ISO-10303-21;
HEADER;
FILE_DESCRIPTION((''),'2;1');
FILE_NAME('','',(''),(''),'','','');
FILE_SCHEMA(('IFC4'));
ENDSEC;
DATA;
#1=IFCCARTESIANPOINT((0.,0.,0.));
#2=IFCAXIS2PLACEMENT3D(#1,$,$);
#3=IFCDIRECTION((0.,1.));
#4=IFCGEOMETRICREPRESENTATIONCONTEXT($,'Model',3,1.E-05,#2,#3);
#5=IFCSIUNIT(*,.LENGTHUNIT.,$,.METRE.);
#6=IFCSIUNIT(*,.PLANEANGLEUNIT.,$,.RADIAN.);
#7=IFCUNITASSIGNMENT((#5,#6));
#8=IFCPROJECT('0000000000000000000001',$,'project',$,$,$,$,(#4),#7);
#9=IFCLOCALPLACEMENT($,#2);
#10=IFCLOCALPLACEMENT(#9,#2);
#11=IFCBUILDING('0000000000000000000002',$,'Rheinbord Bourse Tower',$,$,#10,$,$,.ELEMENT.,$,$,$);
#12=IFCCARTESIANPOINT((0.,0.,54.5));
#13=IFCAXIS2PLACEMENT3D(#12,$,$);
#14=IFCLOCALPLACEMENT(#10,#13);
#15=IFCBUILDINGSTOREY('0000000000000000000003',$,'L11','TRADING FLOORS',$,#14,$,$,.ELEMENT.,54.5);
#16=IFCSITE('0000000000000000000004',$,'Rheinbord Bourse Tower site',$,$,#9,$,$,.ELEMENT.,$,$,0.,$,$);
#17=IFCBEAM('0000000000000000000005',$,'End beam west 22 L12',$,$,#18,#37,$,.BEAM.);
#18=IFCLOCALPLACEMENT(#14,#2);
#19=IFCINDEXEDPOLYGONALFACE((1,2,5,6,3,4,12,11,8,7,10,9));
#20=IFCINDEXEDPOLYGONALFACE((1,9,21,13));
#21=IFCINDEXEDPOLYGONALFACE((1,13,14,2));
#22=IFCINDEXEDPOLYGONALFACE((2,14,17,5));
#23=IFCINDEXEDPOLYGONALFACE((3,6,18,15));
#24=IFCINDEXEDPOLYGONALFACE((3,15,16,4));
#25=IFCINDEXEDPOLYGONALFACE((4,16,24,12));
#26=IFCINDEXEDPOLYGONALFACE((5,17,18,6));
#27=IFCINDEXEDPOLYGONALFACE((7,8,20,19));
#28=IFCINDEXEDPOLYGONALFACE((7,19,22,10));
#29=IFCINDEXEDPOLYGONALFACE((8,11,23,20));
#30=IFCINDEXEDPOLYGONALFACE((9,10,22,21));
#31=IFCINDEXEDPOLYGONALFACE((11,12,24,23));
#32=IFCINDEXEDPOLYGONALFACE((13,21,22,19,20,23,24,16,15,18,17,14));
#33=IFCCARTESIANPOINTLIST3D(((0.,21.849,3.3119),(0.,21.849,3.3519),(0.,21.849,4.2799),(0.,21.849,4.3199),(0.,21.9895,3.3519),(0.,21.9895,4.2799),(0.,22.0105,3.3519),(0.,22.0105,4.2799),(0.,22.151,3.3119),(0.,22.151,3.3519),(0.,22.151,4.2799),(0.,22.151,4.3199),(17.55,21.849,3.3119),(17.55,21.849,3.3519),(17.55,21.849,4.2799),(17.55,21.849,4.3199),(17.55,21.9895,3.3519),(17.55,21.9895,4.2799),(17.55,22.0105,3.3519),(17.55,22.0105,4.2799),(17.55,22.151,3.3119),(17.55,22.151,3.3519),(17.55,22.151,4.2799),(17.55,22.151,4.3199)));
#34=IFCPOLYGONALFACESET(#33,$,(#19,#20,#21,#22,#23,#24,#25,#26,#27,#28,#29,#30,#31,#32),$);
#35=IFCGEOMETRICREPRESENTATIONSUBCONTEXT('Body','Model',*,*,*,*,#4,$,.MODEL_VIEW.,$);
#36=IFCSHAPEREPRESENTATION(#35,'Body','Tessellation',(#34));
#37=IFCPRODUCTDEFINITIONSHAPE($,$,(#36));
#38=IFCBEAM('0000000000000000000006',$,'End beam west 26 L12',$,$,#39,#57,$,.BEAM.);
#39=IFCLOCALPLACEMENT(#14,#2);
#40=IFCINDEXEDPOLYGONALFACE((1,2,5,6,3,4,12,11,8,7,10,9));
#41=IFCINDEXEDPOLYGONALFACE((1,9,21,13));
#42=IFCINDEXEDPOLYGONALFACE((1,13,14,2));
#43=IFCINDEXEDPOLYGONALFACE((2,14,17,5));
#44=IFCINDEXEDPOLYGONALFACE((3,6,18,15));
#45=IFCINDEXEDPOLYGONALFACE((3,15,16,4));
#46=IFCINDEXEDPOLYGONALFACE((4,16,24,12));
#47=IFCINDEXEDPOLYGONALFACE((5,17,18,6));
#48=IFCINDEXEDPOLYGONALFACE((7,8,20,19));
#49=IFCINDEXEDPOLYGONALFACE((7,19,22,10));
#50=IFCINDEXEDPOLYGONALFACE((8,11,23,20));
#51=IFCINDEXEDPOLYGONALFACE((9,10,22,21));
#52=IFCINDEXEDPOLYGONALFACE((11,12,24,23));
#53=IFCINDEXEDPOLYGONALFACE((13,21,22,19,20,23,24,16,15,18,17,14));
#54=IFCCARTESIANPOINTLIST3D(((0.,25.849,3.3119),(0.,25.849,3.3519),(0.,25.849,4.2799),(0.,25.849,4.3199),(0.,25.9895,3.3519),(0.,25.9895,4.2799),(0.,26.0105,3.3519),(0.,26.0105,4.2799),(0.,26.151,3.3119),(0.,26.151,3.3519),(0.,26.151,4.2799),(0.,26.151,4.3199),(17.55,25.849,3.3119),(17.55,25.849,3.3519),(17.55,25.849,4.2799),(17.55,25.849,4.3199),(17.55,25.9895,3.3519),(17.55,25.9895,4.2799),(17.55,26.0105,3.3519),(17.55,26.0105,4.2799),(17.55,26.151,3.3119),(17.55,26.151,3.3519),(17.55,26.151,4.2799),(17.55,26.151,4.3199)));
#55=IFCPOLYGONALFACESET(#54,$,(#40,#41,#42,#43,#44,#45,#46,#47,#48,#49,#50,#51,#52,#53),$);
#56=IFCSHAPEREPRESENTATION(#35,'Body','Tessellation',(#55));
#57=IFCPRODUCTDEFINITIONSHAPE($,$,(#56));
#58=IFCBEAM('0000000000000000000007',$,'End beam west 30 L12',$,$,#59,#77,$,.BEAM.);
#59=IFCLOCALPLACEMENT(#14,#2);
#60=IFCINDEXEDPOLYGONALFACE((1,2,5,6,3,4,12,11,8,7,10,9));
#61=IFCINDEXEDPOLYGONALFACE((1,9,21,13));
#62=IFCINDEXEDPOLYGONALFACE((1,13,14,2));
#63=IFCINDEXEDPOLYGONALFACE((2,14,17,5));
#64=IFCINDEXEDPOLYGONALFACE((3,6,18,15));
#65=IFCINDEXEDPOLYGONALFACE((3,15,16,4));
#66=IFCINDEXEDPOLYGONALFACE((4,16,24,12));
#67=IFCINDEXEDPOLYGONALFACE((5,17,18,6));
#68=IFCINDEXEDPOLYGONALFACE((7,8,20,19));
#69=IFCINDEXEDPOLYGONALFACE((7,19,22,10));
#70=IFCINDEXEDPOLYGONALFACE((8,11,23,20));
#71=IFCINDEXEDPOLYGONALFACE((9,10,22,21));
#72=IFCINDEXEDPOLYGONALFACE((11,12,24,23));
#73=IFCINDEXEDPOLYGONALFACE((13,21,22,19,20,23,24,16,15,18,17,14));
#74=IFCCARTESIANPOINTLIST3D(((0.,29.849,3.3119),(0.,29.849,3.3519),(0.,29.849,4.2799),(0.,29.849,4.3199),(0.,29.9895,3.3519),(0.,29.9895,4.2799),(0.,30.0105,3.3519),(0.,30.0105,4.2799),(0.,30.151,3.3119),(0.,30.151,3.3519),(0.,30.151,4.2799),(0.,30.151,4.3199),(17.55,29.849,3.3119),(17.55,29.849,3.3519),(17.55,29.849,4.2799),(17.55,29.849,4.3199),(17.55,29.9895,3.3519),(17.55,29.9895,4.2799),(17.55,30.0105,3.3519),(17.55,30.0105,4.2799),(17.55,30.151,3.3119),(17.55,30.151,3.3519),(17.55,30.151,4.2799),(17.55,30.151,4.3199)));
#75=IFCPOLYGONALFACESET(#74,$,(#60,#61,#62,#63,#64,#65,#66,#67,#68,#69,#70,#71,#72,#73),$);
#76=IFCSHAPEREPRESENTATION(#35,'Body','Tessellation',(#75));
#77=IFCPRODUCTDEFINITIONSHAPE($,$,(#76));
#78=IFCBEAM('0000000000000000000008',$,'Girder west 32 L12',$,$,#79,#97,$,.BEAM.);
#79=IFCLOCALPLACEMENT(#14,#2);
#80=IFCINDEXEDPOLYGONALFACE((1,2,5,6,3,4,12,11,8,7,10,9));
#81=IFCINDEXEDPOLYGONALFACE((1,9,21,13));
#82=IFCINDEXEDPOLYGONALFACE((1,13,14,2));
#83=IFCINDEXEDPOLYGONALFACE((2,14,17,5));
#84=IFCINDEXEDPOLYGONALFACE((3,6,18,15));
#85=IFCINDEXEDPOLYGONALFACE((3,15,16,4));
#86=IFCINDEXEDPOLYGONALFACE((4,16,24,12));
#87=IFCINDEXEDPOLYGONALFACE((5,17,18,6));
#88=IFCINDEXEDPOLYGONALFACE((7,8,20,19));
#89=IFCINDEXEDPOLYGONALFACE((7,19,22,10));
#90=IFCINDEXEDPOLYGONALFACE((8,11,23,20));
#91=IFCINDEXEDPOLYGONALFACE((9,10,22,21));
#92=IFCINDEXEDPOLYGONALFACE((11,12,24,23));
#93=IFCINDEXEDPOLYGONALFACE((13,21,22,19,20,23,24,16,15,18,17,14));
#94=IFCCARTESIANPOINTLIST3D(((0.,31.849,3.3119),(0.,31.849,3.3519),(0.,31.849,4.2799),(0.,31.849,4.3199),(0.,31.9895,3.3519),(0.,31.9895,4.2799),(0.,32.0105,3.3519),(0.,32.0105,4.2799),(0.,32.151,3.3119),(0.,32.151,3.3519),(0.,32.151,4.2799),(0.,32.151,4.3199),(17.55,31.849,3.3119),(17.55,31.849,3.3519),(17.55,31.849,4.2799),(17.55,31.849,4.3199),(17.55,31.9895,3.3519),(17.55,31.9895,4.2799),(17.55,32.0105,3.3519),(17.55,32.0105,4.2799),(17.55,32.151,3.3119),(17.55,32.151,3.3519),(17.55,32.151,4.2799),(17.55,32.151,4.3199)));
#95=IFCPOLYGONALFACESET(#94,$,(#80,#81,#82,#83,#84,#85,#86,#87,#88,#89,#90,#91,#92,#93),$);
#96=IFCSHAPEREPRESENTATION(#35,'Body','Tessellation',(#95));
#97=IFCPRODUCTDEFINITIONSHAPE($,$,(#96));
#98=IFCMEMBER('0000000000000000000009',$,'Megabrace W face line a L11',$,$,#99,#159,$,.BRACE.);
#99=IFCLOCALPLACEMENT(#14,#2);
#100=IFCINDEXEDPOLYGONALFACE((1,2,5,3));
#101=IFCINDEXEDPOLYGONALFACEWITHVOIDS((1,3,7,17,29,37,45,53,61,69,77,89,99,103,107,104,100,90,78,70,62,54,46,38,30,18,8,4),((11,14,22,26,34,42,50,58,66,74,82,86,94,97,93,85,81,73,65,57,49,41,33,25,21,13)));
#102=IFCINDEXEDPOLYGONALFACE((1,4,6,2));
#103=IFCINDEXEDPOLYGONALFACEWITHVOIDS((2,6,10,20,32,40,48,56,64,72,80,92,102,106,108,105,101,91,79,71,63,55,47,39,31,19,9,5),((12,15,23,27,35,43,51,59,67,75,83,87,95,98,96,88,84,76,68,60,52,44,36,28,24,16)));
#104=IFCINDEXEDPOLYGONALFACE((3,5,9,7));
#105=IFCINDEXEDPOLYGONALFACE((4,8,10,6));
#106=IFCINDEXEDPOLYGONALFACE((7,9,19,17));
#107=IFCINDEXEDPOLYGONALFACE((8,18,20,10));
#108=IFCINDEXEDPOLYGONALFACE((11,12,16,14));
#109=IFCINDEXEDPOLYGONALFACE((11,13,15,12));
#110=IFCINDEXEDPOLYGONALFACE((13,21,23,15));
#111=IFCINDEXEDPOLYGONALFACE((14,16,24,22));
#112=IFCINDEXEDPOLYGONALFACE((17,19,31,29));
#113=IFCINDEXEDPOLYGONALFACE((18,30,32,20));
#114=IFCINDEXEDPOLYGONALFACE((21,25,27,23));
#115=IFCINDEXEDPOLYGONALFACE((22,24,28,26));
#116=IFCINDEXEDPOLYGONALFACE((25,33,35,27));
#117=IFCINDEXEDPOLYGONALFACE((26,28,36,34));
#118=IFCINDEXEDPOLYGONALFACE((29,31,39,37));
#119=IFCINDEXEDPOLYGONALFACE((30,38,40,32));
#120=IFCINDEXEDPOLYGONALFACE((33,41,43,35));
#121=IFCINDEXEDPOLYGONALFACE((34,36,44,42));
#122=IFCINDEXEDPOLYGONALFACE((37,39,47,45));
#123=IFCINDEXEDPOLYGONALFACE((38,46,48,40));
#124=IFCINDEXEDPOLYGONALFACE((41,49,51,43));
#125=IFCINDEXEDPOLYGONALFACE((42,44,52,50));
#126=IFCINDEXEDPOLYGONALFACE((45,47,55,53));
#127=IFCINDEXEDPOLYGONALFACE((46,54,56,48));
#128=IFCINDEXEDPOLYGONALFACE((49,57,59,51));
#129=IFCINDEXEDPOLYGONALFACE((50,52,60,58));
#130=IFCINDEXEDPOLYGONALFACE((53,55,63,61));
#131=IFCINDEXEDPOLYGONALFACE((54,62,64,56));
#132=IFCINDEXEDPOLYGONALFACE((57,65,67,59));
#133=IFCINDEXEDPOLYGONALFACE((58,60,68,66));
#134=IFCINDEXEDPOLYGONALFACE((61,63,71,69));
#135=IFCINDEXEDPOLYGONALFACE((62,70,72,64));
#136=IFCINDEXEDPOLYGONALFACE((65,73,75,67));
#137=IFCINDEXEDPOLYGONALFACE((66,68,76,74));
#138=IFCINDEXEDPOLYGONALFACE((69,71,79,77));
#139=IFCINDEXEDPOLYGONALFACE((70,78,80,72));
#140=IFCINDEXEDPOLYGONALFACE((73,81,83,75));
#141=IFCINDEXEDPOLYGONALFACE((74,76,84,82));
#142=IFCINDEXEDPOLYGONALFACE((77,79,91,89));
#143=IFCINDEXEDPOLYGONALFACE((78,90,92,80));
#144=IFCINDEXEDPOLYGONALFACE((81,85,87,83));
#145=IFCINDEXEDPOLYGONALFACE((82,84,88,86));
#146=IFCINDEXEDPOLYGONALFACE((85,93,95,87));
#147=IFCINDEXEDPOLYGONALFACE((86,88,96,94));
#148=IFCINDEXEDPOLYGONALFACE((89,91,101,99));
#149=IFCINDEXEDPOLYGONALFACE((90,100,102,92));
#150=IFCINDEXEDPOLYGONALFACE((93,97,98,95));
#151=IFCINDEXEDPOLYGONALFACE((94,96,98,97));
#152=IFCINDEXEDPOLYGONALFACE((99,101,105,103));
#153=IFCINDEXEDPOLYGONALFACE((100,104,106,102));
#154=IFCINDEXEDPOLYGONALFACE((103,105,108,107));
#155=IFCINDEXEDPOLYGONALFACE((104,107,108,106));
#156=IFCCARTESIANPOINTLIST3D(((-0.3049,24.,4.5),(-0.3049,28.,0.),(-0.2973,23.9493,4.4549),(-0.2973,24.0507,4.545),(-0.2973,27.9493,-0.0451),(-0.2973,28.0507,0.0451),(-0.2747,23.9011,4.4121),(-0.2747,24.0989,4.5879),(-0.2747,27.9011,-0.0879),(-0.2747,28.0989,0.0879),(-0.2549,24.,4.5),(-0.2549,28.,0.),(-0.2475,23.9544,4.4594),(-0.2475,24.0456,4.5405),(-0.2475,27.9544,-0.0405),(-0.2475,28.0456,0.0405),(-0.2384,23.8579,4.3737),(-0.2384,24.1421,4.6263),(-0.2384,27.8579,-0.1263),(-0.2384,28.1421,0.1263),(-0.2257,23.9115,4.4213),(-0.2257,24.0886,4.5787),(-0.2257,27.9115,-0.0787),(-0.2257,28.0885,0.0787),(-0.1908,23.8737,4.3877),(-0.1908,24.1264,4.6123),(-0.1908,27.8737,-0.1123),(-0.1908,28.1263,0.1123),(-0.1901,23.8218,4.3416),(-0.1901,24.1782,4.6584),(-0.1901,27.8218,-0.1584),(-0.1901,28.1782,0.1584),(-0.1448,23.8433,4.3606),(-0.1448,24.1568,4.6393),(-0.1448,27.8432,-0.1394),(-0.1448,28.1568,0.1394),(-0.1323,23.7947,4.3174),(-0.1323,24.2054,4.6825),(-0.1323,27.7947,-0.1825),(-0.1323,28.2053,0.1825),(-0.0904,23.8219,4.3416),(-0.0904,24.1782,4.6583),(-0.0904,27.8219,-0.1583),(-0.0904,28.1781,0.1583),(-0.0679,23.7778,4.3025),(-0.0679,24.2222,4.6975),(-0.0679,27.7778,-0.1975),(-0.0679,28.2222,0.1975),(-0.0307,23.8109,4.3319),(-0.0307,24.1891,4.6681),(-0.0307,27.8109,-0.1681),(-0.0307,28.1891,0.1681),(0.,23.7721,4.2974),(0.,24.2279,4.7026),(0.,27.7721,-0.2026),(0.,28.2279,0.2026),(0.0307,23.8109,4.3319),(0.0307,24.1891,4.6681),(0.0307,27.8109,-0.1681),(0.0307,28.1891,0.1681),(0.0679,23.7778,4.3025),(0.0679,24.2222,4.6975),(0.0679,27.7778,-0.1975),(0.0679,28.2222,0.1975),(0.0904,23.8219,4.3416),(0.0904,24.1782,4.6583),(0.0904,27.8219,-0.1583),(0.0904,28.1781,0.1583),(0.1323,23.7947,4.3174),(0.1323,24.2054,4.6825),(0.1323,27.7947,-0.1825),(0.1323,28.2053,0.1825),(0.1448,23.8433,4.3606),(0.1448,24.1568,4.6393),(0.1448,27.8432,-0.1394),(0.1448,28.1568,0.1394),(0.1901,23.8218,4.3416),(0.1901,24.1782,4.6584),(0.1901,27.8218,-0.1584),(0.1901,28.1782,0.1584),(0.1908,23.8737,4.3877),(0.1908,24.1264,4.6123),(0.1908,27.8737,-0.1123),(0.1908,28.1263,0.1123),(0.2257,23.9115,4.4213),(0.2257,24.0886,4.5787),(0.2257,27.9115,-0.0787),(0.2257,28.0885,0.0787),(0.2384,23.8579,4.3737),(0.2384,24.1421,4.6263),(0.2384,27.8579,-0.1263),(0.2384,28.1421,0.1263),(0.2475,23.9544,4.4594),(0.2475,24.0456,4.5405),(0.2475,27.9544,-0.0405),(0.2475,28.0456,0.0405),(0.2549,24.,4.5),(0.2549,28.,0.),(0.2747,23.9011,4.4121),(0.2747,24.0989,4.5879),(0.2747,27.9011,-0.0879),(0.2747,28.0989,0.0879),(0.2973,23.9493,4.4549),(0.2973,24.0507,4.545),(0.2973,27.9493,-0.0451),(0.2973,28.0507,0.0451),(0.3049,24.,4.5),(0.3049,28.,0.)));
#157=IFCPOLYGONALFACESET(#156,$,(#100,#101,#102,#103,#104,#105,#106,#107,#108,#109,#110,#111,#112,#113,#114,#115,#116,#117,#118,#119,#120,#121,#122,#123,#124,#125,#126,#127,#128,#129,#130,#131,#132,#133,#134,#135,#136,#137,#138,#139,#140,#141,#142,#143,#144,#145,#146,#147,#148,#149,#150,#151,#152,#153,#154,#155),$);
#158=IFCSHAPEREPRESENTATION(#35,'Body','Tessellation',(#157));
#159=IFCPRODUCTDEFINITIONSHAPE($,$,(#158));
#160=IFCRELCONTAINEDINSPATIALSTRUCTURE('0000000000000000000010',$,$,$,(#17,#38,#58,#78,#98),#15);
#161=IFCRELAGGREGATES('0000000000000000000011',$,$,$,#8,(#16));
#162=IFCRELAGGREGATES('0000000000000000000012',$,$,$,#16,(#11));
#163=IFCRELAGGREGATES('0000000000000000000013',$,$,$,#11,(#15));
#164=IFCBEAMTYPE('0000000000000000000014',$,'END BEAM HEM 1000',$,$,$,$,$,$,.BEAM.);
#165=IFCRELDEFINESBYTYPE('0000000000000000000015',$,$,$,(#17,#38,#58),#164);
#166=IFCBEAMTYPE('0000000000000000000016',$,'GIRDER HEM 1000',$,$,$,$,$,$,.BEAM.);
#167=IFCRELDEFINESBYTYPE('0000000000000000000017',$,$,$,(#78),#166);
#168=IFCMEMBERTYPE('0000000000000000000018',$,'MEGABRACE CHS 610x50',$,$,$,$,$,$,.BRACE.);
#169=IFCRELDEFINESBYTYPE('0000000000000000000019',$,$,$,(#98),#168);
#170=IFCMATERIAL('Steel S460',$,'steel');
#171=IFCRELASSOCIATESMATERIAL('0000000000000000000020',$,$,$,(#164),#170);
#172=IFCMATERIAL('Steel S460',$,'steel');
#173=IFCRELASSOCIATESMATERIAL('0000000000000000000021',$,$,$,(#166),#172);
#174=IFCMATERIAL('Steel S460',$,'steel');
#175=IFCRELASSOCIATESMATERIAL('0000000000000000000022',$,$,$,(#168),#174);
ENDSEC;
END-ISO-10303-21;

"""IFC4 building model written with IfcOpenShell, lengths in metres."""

from ifc_helpers import new_model, si_unit, direction, frame, origin, origin_2d, place, context, subcontext, project, spatial, hollow_circle, i_section, extrude, material, material_profile, profile_set, type_object, element, save


model = new_model("IFC4")

# Units and contexts
model_context = context("Model", 3, precision=1e-05, world=origin(), true_north=direction((0.0, 1.0)))
body_context = subcontext(model_context, "Body", "Model", "MODEL_VIEW")
ifc_project = project(units=[si_unit("LENGTHUNIT", "METRE"), si_unit("PLANEANGLEUNIT", "RADIAN")], contexts=[model_context])

# Site, building, storey
site_placement = place(None, origin())
site = spatial("IfcSite", under=ifc_project, at=site_placement, Name="Rheinbord Bourse Tower site", CompositionType="ELEMENT", RefElevation=0.0)
building_placement = place(site_placement, origin())
building = spatial("IfcBuilding", under=site, at=building_placement, Name="Rheinbord Bourse Tower", CompositionType="ELEMENT")
storey_placement = place(building_placement, frame((0.0, 0.0, 54.5)))
storey = spatial("IfcBuildingStorey", under=building, at=storey_placement, Name="L11", Description="TRADING FLOORS", CompositionType="ELEMENT", Elevation=54.5)

# Beams
ifc_material_1 = material(Name="Steel S460", Category="steel")
ifc_material_profile_1 = material_profile(ifc_material_1, i_section(OverallWidth=0.302, OverallDepth=1.0081, WebThickness=0.021, FlangeThickness=0.04, at=origin_2d()), Name="HEM 1000")
ifc_profile_set_1 = profile_set([ifc_material_profile_1], Name="Steel S460")
beam_type_1 = type_object("IfcBeamType", Name="END BEAM HEM 1000", PredefinedType="BEAM", material=ifc_profile_set_1)
for number, where, z_axis, x_axis, name in (
    (1, (0.0, 22.0, 3.8159), (1.0, 0.0, 0.0), (0.0, 1.0, 0.0), "End beam west 22 L12"),
    (2, (0.0, 26.0, 3.8159), (1.0, 0.0, 0.0), (0.0, 1.0, 0.0), "End beam west 26 L12"),
    (3, (0.0, 30.0, 3.8159), (1.0, 0.0, 0.0), (0.0, 1.0, 0.0), "End beam west 30 L12"),
):
    element("IfcBeam", number, at=place(storey_placement, frame(where, z_axis=z_axis, x_axis=x_axis)), inside=storey, type_object=beam_type_1, Name=name, PredefinedType="BEAM", context=body_context, shape_type="SweptSolid", body=[
        extrude(i_section(OverallWidth=0.302, OverallDepth=1.0081, WebThickness=0.021, FlangeThickness=0.04, at=origin_2d()), origin(), (0.0, 0.0, 1.0), 17.55),
    ])
ifc_material_2 = material(Name="Steel S460", Category="steel")
ifc_material_profile_2 = material_profile(ifc_material_2, i_section(OverallWidth=0.302, OverallDepth=1.0081, WebThickness=0.021, FlangeThickness=0.04, at=origin_2d()), Name="HEM 1000")
ifc_profile_set_2 = profile_set([ifc_material_profile_2], Name="Steel S460")
beam_type_2 = type_object("IfcBeamType", Name="GIRDER HEM 1000", PredefinedType="BEAM", material=ifc_profile_set_2)
beam_1_placement = place(storey_placement, frame((0.0, 32.0, 3.8159), z_axis=(1.0, 0.0, 0.0), x_axis=(0.0, 1.0, 0.0)))
element("IfcBeam", 4, at=beam_1_placement, inside=storey, type_object=beam_type_2, Name="Girder west 32 L12", PredefinedType="BEAM", context=body_context, shape_type="SweptSolid", body=[
    extrude(i_section(OverallWidth=0.302, OverallDepth=1.0081, WebThickness=0.021, FlangeThickness=0.04, at=origin_2d()), origin(), (0.0, 0.0, 1.0), 17.55),
])

# Member
ifc_material_3 = material(Name="Steel S460", Category="steel")
ifc_material_profile_3 = material_profile(ifc_material_3, hollow_circle(Radius=0.3049, WallThickness=0.05, at=origin_2d()), Name="CHS 610x50")
ifc_profile_set_3 = profile_set([ifc_material_profile_3], Name="Steel S460")
member_type_1 = type_object("IfcMemberType", Name="MEGABRACE CHS 610x50", PredefinedType="BRACE", material=ifc_profile_set_3)
for number, where, z_axis, x_axis, name in (
    (5, (0.0, 28.0, 0.0), (0.0, -0.664364, 0.747409), (1.0, 0.0, 0.0), "Megabrace W face line a L11"),
):
    element("IfcMember", number, at=place(storey_placement, frame(where, z_axis=z_axis, x_axis=x_axis)), inside=storey, type_object=member_type_1, Name=name, PredefinedType="BRACE", context=body_context, shape_type="SweptSolid", body=[
        extrude(hollow_circle(Radius=0.3049, WallThickness=0.05, at=origin_2d()), origin(), (0.0, 0.0, 1.0), 6.0208),
    ])

save(model, "model.ifc")
